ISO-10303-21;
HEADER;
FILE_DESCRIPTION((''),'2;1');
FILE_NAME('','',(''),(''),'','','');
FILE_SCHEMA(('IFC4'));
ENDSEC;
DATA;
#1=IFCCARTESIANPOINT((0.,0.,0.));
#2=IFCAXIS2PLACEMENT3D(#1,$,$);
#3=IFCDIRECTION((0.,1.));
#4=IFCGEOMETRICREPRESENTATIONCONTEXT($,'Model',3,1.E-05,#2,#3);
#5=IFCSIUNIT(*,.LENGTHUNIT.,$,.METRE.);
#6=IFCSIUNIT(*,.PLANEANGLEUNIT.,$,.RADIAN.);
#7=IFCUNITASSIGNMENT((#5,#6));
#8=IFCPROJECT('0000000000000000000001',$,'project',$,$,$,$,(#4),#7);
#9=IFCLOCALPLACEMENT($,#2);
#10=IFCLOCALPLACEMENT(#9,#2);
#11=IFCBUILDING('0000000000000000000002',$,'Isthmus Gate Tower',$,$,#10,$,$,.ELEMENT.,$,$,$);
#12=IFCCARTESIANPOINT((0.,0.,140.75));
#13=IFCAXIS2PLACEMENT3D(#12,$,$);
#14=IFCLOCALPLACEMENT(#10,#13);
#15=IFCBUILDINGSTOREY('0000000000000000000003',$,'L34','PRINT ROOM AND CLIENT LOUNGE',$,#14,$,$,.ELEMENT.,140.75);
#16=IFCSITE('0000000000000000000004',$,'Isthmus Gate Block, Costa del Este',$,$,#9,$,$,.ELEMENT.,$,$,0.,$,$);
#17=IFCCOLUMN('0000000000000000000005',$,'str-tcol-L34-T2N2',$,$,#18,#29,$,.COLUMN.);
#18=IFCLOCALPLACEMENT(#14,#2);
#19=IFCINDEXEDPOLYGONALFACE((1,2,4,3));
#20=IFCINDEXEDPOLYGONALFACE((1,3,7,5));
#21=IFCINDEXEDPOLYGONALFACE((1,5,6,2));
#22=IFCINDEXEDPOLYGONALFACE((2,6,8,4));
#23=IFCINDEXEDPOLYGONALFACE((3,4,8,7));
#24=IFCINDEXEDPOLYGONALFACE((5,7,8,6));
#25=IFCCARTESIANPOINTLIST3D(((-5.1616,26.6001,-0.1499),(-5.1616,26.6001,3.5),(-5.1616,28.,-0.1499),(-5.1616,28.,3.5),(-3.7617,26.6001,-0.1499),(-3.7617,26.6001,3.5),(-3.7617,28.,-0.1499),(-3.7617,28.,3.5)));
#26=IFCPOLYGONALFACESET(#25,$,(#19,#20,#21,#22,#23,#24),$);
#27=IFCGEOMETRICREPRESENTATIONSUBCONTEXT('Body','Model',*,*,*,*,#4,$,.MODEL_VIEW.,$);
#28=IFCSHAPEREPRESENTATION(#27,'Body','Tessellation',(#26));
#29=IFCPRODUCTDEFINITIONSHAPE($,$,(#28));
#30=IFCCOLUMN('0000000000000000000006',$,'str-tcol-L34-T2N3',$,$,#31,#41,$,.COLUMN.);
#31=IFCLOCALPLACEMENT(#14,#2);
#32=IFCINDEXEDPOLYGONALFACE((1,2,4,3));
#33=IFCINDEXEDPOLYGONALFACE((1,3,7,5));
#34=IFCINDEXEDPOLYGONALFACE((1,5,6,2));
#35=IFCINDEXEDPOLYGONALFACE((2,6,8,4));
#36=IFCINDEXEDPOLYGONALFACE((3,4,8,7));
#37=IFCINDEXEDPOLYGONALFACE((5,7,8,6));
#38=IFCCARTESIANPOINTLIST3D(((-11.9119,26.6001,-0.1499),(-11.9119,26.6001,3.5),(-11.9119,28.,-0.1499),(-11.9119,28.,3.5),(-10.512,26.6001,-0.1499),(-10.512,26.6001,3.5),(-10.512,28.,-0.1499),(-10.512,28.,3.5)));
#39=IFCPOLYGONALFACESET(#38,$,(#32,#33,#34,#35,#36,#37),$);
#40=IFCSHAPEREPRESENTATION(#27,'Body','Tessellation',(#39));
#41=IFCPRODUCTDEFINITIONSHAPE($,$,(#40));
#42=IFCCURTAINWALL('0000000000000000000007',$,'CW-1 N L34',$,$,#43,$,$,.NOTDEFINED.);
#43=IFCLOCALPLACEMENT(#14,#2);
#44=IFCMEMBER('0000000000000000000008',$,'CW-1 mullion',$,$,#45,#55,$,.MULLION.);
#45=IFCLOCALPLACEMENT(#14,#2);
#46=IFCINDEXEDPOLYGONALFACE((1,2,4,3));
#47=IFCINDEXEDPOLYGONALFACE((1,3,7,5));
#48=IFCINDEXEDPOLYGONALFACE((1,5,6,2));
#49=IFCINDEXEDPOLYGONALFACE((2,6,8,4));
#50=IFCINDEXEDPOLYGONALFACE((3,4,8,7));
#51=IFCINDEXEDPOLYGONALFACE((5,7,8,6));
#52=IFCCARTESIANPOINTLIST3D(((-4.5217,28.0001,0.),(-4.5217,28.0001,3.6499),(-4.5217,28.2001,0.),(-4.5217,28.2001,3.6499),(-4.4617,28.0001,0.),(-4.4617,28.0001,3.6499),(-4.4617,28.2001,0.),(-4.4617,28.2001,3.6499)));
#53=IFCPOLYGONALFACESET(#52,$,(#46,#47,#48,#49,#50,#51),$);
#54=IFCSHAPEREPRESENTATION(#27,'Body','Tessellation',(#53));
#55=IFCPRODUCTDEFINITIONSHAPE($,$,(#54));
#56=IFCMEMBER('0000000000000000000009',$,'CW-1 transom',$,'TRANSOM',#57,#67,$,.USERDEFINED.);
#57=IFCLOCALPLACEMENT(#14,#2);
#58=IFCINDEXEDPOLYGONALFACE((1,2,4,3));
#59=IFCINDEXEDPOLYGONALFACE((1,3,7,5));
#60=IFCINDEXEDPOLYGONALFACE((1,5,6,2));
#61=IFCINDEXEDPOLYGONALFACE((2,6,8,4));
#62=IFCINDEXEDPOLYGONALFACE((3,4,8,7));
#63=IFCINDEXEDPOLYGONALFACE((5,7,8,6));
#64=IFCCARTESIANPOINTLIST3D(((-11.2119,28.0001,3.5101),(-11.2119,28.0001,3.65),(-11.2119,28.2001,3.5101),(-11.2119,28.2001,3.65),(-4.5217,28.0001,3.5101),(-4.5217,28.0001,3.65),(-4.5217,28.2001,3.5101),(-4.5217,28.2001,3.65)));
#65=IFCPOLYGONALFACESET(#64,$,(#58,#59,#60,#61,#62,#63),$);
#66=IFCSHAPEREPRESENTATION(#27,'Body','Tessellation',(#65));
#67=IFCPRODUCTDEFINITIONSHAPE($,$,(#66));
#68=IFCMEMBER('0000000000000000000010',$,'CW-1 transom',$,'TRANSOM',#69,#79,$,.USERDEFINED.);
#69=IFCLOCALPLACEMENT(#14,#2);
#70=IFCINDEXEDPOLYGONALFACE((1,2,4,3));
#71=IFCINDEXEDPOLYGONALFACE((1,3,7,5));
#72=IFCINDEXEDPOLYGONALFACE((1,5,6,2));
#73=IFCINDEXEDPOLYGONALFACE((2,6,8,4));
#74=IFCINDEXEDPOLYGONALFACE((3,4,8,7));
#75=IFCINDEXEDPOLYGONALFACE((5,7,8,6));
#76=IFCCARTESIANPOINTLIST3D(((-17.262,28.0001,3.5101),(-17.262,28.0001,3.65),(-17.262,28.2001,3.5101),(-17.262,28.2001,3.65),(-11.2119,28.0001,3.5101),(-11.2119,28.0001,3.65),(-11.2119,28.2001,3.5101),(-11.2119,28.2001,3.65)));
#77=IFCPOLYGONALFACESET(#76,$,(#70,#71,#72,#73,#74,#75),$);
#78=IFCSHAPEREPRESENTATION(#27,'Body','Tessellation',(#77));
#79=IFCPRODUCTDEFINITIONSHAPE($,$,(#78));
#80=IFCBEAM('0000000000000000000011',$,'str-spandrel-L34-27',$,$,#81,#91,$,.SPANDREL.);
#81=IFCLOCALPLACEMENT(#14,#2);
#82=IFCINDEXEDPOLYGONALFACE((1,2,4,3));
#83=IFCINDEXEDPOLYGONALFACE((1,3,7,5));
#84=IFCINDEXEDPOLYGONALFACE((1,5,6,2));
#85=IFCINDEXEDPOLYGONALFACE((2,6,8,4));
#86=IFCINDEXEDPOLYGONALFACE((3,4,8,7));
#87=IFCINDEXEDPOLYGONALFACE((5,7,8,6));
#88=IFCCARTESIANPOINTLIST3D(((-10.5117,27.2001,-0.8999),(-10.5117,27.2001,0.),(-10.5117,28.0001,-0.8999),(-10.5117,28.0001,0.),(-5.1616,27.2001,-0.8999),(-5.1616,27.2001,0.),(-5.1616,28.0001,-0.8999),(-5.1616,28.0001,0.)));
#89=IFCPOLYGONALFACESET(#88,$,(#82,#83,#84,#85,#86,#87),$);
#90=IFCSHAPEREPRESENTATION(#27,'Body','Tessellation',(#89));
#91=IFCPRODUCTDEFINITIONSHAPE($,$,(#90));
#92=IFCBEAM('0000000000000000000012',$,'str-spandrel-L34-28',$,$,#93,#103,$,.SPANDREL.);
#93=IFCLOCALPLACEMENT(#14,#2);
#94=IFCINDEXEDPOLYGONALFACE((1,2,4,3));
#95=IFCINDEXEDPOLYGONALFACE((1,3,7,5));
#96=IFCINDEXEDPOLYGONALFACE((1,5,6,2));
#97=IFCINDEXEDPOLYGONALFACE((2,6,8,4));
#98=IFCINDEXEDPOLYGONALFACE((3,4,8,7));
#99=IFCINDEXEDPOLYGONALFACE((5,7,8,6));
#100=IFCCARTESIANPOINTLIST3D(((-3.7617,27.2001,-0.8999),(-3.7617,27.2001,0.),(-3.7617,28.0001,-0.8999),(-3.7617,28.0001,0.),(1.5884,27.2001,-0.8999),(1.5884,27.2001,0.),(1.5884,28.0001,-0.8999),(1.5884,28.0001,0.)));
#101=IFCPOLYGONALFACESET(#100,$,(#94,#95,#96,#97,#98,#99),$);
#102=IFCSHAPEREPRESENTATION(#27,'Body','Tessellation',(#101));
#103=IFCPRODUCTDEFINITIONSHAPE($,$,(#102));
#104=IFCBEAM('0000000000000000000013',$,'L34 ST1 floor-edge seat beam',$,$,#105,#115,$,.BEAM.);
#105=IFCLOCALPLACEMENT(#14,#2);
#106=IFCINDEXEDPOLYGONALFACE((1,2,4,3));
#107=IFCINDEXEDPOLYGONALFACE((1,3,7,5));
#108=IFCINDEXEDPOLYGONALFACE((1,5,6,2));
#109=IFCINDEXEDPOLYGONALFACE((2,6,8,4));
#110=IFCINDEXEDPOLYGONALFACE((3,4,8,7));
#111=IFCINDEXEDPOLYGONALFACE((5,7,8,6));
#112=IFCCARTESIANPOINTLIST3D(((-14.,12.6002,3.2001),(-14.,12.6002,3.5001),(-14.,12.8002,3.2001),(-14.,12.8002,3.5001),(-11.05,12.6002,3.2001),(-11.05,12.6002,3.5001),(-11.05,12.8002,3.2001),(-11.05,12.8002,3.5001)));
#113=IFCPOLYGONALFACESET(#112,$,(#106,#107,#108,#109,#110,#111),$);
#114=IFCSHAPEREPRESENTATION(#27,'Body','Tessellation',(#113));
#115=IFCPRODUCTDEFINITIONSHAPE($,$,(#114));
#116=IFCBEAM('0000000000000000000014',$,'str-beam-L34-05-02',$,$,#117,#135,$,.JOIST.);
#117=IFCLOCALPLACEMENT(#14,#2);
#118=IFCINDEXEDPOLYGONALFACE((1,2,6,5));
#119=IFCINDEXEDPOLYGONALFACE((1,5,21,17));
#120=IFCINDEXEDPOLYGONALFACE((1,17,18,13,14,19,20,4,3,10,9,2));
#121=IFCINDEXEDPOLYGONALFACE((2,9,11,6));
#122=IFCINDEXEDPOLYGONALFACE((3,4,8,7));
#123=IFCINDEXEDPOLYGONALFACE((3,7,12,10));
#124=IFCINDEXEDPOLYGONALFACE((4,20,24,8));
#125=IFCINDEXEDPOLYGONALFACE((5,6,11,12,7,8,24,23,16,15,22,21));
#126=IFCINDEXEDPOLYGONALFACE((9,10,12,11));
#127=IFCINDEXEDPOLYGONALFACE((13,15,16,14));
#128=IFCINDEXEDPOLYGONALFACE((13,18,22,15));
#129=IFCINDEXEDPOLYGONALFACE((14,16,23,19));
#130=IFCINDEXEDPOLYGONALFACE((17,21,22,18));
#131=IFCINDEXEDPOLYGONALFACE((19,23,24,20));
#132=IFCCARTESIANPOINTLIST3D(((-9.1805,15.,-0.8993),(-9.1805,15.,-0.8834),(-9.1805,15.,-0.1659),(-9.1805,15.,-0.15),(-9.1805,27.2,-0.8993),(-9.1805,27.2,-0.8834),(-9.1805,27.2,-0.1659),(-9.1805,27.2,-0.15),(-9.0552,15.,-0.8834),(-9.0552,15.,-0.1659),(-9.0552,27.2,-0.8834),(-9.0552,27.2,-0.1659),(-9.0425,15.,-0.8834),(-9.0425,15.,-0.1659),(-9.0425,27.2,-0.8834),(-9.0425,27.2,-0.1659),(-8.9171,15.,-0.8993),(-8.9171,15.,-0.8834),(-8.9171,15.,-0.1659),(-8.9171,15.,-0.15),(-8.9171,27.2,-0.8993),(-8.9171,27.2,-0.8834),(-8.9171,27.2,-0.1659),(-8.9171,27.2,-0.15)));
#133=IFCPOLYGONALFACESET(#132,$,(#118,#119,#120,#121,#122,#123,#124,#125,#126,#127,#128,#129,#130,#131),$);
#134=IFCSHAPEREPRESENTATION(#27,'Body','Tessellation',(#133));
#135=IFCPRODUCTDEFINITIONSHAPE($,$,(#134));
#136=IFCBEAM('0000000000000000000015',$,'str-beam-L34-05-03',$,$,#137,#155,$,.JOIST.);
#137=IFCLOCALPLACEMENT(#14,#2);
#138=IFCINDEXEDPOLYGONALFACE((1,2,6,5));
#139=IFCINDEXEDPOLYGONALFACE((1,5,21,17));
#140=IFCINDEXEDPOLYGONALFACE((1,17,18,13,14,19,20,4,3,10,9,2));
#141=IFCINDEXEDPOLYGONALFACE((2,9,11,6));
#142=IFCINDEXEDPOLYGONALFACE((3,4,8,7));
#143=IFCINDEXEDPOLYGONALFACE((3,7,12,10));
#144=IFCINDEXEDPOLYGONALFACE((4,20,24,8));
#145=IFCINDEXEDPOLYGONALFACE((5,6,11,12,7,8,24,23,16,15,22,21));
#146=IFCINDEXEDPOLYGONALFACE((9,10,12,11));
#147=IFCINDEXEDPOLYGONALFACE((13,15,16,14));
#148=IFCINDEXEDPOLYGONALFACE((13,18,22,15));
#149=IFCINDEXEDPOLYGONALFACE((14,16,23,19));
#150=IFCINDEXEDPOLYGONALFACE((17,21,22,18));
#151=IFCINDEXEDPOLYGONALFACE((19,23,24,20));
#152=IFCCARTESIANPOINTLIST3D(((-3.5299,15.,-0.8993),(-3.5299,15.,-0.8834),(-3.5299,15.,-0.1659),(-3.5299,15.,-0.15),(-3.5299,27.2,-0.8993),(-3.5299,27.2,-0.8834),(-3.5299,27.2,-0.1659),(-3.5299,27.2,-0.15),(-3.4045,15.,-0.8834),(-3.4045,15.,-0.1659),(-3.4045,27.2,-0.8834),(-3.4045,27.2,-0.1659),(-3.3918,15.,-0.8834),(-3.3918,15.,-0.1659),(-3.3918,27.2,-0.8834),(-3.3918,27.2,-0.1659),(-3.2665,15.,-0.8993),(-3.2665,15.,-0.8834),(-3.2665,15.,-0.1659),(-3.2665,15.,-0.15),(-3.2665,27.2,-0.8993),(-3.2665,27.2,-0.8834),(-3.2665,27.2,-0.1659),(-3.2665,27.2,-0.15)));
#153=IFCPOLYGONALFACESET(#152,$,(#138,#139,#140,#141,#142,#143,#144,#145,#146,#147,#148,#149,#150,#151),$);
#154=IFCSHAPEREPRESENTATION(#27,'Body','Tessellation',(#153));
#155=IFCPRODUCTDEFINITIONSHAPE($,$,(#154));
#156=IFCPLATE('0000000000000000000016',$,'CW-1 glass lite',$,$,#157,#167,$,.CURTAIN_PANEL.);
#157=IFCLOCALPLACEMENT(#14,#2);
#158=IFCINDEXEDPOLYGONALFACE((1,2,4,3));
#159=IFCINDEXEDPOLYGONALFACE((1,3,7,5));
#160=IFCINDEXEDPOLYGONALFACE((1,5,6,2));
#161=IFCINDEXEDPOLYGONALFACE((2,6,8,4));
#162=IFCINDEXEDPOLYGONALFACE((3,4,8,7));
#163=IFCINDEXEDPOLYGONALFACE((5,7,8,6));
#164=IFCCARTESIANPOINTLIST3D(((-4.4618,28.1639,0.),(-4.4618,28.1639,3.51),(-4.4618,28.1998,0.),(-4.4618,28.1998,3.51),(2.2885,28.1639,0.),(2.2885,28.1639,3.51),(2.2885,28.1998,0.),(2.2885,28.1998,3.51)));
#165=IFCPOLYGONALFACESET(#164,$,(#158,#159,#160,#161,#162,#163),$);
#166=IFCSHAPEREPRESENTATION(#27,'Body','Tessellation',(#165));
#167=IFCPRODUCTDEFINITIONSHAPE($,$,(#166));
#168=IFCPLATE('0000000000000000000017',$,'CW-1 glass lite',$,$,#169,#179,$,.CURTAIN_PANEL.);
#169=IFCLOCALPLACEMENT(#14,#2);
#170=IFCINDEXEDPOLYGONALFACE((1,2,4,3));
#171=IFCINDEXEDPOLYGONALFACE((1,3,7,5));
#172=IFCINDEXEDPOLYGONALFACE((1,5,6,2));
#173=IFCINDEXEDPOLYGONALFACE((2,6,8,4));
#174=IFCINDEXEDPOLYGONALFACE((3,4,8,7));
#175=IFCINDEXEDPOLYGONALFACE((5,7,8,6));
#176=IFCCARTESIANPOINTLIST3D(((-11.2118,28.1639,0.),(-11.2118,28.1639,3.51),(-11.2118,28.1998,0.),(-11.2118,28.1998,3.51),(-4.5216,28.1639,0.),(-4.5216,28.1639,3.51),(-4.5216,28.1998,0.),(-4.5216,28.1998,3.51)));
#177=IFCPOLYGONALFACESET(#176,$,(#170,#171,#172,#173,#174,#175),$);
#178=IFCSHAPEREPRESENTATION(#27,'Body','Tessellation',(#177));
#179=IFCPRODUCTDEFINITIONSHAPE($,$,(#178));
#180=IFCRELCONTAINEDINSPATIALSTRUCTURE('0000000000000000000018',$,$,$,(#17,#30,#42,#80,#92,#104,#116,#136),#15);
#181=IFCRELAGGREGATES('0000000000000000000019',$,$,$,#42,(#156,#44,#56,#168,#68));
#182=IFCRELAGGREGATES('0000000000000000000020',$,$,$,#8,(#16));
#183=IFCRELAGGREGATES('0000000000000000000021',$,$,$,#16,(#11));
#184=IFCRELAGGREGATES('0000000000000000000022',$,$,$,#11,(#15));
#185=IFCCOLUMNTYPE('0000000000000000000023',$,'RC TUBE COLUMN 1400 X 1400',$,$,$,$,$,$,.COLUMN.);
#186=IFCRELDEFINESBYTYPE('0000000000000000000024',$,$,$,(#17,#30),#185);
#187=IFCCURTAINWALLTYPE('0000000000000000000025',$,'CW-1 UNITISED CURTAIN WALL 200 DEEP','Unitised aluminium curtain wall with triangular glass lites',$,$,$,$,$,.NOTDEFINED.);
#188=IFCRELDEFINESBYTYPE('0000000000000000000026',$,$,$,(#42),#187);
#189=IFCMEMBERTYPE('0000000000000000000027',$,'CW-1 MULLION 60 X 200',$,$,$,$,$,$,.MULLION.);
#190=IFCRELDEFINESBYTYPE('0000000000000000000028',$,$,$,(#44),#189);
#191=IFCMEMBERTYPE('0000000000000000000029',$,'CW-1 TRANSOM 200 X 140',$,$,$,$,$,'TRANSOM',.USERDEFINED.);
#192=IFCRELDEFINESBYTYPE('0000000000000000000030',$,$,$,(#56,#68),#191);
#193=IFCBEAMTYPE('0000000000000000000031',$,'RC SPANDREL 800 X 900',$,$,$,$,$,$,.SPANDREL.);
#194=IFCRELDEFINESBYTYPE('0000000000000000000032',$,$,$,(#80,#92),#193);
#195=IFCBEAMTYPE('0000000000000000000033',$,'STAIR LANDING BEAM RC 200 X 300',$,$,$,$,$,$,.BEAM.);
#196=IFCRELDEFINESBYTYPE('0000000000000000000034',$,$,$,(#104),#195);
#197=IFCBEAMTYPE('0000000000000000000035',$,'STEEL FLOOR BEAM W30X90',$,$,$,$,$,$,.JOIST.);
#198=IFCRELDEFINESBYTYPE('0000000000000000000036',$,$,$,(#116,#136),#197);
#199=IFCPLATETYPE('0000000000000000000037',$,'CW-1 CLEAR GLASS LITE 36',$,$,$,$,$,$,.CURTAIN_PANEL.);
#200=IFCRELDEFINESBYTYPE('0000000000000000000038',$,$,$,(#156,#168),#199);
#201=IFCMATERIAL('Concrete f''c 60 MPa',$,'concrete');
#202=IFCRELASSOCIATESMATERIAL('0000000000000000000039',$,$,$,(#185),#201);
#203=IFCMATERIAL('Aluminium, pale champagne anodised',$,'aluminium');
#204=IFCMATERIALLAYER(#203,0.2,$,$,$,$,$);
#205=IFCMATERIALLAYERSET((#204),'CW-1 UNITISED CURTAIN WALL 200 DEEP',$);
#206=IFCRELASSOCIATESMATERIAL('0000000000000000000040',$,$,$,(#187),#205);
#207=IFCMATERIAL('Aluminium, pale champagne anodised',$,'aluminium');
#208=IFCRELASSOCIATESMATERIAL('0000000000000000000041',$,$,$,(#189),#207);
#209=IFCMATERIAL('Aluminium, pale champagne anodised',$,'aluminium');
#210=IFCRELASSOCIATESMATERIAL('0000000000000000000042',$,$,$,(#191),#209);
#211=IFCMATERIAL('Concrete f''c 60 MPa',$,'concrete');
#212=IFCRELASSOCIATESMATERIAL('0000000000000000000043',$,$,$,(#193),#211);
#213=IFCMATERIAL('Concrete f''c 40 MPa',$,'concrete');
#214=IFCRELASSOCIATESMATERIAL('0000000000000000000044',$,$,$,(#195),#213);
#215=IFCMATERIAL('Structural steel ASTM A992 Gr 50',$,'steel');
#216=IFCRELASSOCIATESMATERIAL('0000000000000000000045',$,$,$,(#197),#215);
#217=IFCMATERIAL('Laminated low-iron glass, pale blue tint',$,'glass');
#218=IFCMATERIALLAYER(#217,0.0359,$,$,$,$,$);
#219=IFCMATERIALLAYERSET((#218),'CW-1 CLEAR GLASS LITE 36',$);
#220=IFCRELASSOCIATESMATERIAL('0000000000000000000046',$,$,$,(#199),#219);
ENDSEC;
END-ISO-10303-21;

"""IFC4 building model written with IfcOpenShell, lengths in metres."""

from ifc_helpers import new_model, si_unit, direction, frame, origin, origin_2d, place, context, subcontext, project, spatial, rectangle, i_section, extrude, material, layer, layer_set, material_profile, profile_set, type_object, element, aggregate, save


model = new_model("IFC4")

# Units and contexts
model_context = context("Model", 3, precision=1e-05, world=origin(), true_north=direction((0.0, 1.0)))
body_context = subcontext(model_context, "Body", "Model", "MODEL_VIEW")
ifc_project = project(units=[si_unit("LENGTHUNIT", "METRE"), si_unit("PLANEANGLEUNIT", "RADIAN")], contexts=[model_context])

# Site, building, storey
site_placement = place(None, origin())
site = spatial("IfcSite", under=ifc_project, at=site_placement, Name="Isthmus Gate Block, Costa del Este", CompositionType="ELEMENT", RefElevation=0.0)
building_placement = place(site_placement, origin())
building = spatial("IfcBuilding", under=site, at=building_placement, Name="Isthmus Gate Tower", CompositionType="ELEMENT")
storey_placement = place(building_placement, frame((0.0, 0.0, 140.75)))
storey = spatial("IfcBuildingStorey", under=building, at=storey_placement, Name="L34", Description="PRINT ROOM AND CLIENT LOUNGE", CompositionType="ELEMENT", Elevation=140.75)

# Columns
ifc_material_1 = material(Name="Concrete f'c 60 MPa", Category="concrete")
ifc_material_profile_1 = material_profile(ifc_material_1, rectangle(XDim=1.3999, YDim=1.3999, at=origin_2d()), Name="RC 1400X1400")
ifc_profile_set_1 = profile_set([ifc_material_profile_1], Name="Concrete f'c 60 MPa")
column_type = type_object("IfcColumnType", Name="RC TUBE COLUMN 1400 X 1400", PredefinedType="COLUMN", material=ifc_profile_set_1)
for number, where, z_axis, x_axis, name in (
    (1, (-4.4617, 27.3, -0.1499), (0.0, 0.0, 1.0), (-1.0, 0.0, 0.0), "str-tcol-L34-T2N2"),
    (2, (-11.2119, 27.3, -0.1499), (0.0, 0.0, 1.0), (-1.0, 0.0, 0.0), "str-tcol-L34-T2N3"),
):
    element("IfcColumn", number, at=place(storey_placement, frame(where, z_axis=z_axis, x_axis=x_axis)), inside=storey, type_object=column_type, Name=name, PredefinedType="COLUMN", context=body_context, shape_type="SweptSolid", body=[
        extrude(rectangle(XDim=1.3999, YDim=1.3999, at=origin_2d()), origin(), (0.0, 0.0, 1.0), 3.6499),
    ])

# Curtain wall, members
ifc_material_2 = material(Name="Aluminium, pale champagne anodised", Category="aluminium")
ifc_layer_1 = layer(ifc_material_2, 0.2)
ifc_layer_set_1 = layer_set([ifc_layer_1], Name="CW-1 UNITISED CURTAIN WALL 200 DEEP")
curtain_wall_type = type_object("IfcCurtainWallType", Name="CW-1 UNITISED CURTAIN WALL 200 DEEP", Description="Unitised aluminium curtain wall with triangular glass lites", PredefinedType="NOTDEFINED", material=ifc_layer_set_1)
curtain_wall_placement = place(storey_placement, origin())
curtain_wall = element("IfcCurtainWall", 3, at=curtain_wall_placement, inside=storey, type_object=curtain_wall_type, Name="CW-1 N L34", PredefinedType="NOTDEFINED")
ifc_material_3 = material(Name="Aluminium, pale champagne anodised", Category="aluminium")
ifc_material_profile_2 = material_profile(ifc_material_3, rectangle(XDim=0.0601, YDim=0.2, at=origin_2d()), Name="60x200")
ifc_profile_set_2 = profile_set([ifc_material_profile_2], Name="Aluminium, pale champagne anodised")
member_type_1 = type_object("IfcMemberType", Name="CW-1 MULLION 60 X 200", PredefinedType="MULLION", material=ifc_profile_set_2)
member_1_placement = place(storey_placement, frame((-4.4917, 28.1001, 0.0), z_axis=(0.0, 0.0, 1.0), x_axis=(-1.0, 0.0, 0.0)))
member_1 = element("IfcMember", 4, at=member_1_placement, type_object=member_type_1, Name="CW-1 mullion", PredefinedType="MULLION", context=body_context, shape_type="SweptSolid", body=[
    extrude(rectangle(XDim=0.0601, YDim=0.2, at=origin_2d()), origin(), (0.0, 0.0, 1.0), 3.6499),
])
ifc_material_4 = material(Name="Aluminium, pale champagne anodised", Category="aluminium")
ifc_material_profile_3 = material_profile(ifc_material_4, rectangle(XDim=0.2, YDim=0.1399, at=origin_2d()), Name="200x140")
ifc_profile_set_3 = profile_set([ifc_material_profile_3], Name="Aluminium, pale champagne anodised")
member_type_2 = type_object("IfcMemberType", Name="CW-1 TRANSOM 200 X 140", ElementType="TRANSOM", PredefinedType="USERDEFINED", material=ifc_profile_set_3)
member_2_placement = place(storey_placement, frame((-4.5217, 28.1001, 3.5801), z_axis=(-1.0, 0.0, 0.0), x_axis=(0.0, -1.0, 0.0)))
member_2 = element("IfcMember", 5, at=member_2_placement, type_object=member_type_2, Name="CW-1 transom", ObjectType="TRANSOM", PredefinedType="USERDEFINED", context=body_context, shape_type="SweptSolid", body=[
    extrude(rectangle(XDim=0.2, YDim=0.1399, at=origin_2d()), origin(), (0.0, 0.0, 1.0), 6.6902),
])
member_3_placement = place(storey_placement, frame((-11.2119, 28.1001, 3.5801), z_axis=(-1.0, 0.0, 0.0), x_axis=(0.0, -1.0, 0.0)))
member_3 = element("IfcMember", 6, at=member_3_placement, type_object=member_type_2, Name="CW-1 transom", ObjectType="TRANSOM", PredefinedType="USERDEFINED", context=body_context, shape_type="SweptSolid", body=[
    extrude(rectangle(XDim=0.2, YDim=0.1399, at=origin_2d()), origin(), (0.0, 0.0, 1.0), 6.05),
])

# Beams
ifc_material_5 = material(Name="Concrete f'c 60 MPa", Category="concrete")
ifc_material_profile_4 = material_profile(ifc_material_5, rectangle(XDim=0.8, YDim=0.8999, at=origin_2d()), Name="RC 800X900")
ifc_profile_set_4 = profile_set([ifc_material_profile_4], Name="Concrete f'c 60 MPa")
beam_type_1 = type_object("IfcBeamType", Name="RC SPANDREL 800 X 900", PredefinedType="SPANDREL", material=ifc_profile_set_4)
for number, where, z_axis, x_axis, name in (
    (7, (-10.5117, 27.6001, -0.45), (1.0, 0.0, 0.0), (0.0, 1.0, 0.0), "str-spandrel-L34-27"),
    (8, (-3.7617, 27.6001, -0.45), (1.0, 0.0, 0.0), (0.0, 1.0, 0.0), "str-spandrel-L34-28"),
):
    element("IfcBeam", number, at=place(storey_placement, frame(where, z_axis=z_axis, x_axis=x_axis)), inside=storey, type_object=beam_type_1, Name=name, PredefinedType="SPANDREL", context=body_context, shape_type="SweptSolid", body=[
        extrude(rectangle(XDim=0.8, YDim=0.8999, at=origin_2d()), origin(), (0.0, 0.0, 1.0), 5.3501),
    ])
ifc_material_6 = material(Name="Concrete f'c 40 MPa", Category="concrete")
ifc_material_profile_5 = material_profile(ifc_material_6, rectangle(XDim=0.2, YDim=0.3, at=origin_2d()), Name="STAIR LANDING BEAM RC 200 X 300")
ifc_profile_set_5 = profile_set([ifc_material_profile_5], Name="Concrete f'c 40 MPa")
beam_type_2 = type_object("IfcBeamType", Name="STAIR LANDING BEAM RC 200 X 300", PredefinedType="BEAM", material=ifc_profile_set_5)
beam_placement = place(storey_placement, frame((-14.0, 12.7002, 3.3501), z_axis=(1.0, 0.0, 0.0), x_axis=(0.0, 1.0, 0.0)))
element("IfcBeam", 9, at=beam_placement, inside=storey, type_object=beam_type_2, Name="L34 ST1 floor-edge seat beam", PredefinedType="BEAM", context=body_context, shape_type="SweptSolid", body=[
    extrude(rectangle(XDim=0.2, YDim=0.3, at=origin_2d()), origin(), (0.0, 0.0, 1.0), 2.95),
])
ifc_material_7 = material(Name="Structural steel ASTM A992 Gr 50", Category="steel")
ifc_material_profile_6 = material_profile(ifc_material_7, i_section(OverallWidth=0.2634, OverallDepth=0.7493, WebThickness=0.0127, FlangeThickness=0.0159, at=origin_2d()), Name="W30X90")
ifc_profile_set_6 = profile_set([ifc_material_profile_6], Name="Structural steel ASTM A992 Gr 50")
beam_type_3 = type_object("IfcBeamType", Name="STEEL FLOOR BEAM W30X90", PredefinedType="JOIST", material=ifc_profile_set_6)
for number, where, z_axis, x_axis, name in (
    (10, (-9.0488, 15.0, -0.5247), (0.0, 1.0, 0.0), (-1.0, 0.0, 0.0), "str-beam-L34-05-02"),
    (11, (-3.3982, 15.0, -0.5247), (0.0, 1.0, 0.0), (-1.0, 0.0, 0.0), "str-beam-L34-05-03"),
):
    element("IfcBeam", number, at=place(storey_placement, frame(where, z_axis=z_axis, x_axis=x_axis)), inside=storey, type_object=beam_type_3, Name=name, PredefinedType="JOIST", context=body_context, shape_type="SweptSolid", body=[
        extrude(i_section(OverallWidth=0.2634, OverallDepth=0.7493, WebThickness=0.0127, FlangeThickness=0.0159, at=origin_2d()), origin(), (0.0, 0.0, 1.0), 12.2),
    ])

# Plates
ifc_material_8 = material(Name="Laminated low-iron glass, pale blue tint", Category="glass")
ifc_layer_2 = layer(ifc_material_8, 0.0359)
ifc_layer_set_2 = layer_set([ifc_layer_2], Name="CW-1 CLEAR GLASS LITE 36")
plate_type = type_object("IfcPlateType", Name="CW-1 CLEAR GLASS LITE 36", PredefinedType="CURTAIN_PANEL", material=ifc_layer_set_2)
plate_1_placement = place(storey_placement, frame((-1.0867, 28.1819, 0.0), z_axis=(0.0, 0.0, 1.0), x_axis=(-1.0, 0.0, 0.0)))
plate_1 = element("IfcPlate", 12, at=plate_1_placement, type_object=plate_type, Name="CW-1 glass lite", PredefinedType="CURTAIN_PANEL", context=body_context, shape_type="SweptSolid", body=[
    extrude(rectangle(XDim=6.7502, YDim=0.0359, at=origin_2d()), origin(), (0.0, 0.0, 1.0), 3.51),
])
plate_2_placement = place(storey_placement, frame((-7.8667, 28.1819, 0.0), z_axis=(0.0, 0.0, 1.0), x_axis=(-1.0, 0.0, 0.0)))
plate_2 = element("IfcPlate", 13, at=plate_2_placement, type_object=plate_type, Name="CW-1 glass lite", PredefinedType="CURTAIN_PANEL", context=body_context, shape_type="SweptSolid", body=[
    extrude(rectangle(XDim=6.6902, YDim=0.0359, at=origin_2d()), origin(), (0.0, 0.0, 1.0), 3.51),
])
aggregate(curtain_wall, [plate_1, member_1, member_2, plate_2, member_3])

save(model, "model.ifc")
